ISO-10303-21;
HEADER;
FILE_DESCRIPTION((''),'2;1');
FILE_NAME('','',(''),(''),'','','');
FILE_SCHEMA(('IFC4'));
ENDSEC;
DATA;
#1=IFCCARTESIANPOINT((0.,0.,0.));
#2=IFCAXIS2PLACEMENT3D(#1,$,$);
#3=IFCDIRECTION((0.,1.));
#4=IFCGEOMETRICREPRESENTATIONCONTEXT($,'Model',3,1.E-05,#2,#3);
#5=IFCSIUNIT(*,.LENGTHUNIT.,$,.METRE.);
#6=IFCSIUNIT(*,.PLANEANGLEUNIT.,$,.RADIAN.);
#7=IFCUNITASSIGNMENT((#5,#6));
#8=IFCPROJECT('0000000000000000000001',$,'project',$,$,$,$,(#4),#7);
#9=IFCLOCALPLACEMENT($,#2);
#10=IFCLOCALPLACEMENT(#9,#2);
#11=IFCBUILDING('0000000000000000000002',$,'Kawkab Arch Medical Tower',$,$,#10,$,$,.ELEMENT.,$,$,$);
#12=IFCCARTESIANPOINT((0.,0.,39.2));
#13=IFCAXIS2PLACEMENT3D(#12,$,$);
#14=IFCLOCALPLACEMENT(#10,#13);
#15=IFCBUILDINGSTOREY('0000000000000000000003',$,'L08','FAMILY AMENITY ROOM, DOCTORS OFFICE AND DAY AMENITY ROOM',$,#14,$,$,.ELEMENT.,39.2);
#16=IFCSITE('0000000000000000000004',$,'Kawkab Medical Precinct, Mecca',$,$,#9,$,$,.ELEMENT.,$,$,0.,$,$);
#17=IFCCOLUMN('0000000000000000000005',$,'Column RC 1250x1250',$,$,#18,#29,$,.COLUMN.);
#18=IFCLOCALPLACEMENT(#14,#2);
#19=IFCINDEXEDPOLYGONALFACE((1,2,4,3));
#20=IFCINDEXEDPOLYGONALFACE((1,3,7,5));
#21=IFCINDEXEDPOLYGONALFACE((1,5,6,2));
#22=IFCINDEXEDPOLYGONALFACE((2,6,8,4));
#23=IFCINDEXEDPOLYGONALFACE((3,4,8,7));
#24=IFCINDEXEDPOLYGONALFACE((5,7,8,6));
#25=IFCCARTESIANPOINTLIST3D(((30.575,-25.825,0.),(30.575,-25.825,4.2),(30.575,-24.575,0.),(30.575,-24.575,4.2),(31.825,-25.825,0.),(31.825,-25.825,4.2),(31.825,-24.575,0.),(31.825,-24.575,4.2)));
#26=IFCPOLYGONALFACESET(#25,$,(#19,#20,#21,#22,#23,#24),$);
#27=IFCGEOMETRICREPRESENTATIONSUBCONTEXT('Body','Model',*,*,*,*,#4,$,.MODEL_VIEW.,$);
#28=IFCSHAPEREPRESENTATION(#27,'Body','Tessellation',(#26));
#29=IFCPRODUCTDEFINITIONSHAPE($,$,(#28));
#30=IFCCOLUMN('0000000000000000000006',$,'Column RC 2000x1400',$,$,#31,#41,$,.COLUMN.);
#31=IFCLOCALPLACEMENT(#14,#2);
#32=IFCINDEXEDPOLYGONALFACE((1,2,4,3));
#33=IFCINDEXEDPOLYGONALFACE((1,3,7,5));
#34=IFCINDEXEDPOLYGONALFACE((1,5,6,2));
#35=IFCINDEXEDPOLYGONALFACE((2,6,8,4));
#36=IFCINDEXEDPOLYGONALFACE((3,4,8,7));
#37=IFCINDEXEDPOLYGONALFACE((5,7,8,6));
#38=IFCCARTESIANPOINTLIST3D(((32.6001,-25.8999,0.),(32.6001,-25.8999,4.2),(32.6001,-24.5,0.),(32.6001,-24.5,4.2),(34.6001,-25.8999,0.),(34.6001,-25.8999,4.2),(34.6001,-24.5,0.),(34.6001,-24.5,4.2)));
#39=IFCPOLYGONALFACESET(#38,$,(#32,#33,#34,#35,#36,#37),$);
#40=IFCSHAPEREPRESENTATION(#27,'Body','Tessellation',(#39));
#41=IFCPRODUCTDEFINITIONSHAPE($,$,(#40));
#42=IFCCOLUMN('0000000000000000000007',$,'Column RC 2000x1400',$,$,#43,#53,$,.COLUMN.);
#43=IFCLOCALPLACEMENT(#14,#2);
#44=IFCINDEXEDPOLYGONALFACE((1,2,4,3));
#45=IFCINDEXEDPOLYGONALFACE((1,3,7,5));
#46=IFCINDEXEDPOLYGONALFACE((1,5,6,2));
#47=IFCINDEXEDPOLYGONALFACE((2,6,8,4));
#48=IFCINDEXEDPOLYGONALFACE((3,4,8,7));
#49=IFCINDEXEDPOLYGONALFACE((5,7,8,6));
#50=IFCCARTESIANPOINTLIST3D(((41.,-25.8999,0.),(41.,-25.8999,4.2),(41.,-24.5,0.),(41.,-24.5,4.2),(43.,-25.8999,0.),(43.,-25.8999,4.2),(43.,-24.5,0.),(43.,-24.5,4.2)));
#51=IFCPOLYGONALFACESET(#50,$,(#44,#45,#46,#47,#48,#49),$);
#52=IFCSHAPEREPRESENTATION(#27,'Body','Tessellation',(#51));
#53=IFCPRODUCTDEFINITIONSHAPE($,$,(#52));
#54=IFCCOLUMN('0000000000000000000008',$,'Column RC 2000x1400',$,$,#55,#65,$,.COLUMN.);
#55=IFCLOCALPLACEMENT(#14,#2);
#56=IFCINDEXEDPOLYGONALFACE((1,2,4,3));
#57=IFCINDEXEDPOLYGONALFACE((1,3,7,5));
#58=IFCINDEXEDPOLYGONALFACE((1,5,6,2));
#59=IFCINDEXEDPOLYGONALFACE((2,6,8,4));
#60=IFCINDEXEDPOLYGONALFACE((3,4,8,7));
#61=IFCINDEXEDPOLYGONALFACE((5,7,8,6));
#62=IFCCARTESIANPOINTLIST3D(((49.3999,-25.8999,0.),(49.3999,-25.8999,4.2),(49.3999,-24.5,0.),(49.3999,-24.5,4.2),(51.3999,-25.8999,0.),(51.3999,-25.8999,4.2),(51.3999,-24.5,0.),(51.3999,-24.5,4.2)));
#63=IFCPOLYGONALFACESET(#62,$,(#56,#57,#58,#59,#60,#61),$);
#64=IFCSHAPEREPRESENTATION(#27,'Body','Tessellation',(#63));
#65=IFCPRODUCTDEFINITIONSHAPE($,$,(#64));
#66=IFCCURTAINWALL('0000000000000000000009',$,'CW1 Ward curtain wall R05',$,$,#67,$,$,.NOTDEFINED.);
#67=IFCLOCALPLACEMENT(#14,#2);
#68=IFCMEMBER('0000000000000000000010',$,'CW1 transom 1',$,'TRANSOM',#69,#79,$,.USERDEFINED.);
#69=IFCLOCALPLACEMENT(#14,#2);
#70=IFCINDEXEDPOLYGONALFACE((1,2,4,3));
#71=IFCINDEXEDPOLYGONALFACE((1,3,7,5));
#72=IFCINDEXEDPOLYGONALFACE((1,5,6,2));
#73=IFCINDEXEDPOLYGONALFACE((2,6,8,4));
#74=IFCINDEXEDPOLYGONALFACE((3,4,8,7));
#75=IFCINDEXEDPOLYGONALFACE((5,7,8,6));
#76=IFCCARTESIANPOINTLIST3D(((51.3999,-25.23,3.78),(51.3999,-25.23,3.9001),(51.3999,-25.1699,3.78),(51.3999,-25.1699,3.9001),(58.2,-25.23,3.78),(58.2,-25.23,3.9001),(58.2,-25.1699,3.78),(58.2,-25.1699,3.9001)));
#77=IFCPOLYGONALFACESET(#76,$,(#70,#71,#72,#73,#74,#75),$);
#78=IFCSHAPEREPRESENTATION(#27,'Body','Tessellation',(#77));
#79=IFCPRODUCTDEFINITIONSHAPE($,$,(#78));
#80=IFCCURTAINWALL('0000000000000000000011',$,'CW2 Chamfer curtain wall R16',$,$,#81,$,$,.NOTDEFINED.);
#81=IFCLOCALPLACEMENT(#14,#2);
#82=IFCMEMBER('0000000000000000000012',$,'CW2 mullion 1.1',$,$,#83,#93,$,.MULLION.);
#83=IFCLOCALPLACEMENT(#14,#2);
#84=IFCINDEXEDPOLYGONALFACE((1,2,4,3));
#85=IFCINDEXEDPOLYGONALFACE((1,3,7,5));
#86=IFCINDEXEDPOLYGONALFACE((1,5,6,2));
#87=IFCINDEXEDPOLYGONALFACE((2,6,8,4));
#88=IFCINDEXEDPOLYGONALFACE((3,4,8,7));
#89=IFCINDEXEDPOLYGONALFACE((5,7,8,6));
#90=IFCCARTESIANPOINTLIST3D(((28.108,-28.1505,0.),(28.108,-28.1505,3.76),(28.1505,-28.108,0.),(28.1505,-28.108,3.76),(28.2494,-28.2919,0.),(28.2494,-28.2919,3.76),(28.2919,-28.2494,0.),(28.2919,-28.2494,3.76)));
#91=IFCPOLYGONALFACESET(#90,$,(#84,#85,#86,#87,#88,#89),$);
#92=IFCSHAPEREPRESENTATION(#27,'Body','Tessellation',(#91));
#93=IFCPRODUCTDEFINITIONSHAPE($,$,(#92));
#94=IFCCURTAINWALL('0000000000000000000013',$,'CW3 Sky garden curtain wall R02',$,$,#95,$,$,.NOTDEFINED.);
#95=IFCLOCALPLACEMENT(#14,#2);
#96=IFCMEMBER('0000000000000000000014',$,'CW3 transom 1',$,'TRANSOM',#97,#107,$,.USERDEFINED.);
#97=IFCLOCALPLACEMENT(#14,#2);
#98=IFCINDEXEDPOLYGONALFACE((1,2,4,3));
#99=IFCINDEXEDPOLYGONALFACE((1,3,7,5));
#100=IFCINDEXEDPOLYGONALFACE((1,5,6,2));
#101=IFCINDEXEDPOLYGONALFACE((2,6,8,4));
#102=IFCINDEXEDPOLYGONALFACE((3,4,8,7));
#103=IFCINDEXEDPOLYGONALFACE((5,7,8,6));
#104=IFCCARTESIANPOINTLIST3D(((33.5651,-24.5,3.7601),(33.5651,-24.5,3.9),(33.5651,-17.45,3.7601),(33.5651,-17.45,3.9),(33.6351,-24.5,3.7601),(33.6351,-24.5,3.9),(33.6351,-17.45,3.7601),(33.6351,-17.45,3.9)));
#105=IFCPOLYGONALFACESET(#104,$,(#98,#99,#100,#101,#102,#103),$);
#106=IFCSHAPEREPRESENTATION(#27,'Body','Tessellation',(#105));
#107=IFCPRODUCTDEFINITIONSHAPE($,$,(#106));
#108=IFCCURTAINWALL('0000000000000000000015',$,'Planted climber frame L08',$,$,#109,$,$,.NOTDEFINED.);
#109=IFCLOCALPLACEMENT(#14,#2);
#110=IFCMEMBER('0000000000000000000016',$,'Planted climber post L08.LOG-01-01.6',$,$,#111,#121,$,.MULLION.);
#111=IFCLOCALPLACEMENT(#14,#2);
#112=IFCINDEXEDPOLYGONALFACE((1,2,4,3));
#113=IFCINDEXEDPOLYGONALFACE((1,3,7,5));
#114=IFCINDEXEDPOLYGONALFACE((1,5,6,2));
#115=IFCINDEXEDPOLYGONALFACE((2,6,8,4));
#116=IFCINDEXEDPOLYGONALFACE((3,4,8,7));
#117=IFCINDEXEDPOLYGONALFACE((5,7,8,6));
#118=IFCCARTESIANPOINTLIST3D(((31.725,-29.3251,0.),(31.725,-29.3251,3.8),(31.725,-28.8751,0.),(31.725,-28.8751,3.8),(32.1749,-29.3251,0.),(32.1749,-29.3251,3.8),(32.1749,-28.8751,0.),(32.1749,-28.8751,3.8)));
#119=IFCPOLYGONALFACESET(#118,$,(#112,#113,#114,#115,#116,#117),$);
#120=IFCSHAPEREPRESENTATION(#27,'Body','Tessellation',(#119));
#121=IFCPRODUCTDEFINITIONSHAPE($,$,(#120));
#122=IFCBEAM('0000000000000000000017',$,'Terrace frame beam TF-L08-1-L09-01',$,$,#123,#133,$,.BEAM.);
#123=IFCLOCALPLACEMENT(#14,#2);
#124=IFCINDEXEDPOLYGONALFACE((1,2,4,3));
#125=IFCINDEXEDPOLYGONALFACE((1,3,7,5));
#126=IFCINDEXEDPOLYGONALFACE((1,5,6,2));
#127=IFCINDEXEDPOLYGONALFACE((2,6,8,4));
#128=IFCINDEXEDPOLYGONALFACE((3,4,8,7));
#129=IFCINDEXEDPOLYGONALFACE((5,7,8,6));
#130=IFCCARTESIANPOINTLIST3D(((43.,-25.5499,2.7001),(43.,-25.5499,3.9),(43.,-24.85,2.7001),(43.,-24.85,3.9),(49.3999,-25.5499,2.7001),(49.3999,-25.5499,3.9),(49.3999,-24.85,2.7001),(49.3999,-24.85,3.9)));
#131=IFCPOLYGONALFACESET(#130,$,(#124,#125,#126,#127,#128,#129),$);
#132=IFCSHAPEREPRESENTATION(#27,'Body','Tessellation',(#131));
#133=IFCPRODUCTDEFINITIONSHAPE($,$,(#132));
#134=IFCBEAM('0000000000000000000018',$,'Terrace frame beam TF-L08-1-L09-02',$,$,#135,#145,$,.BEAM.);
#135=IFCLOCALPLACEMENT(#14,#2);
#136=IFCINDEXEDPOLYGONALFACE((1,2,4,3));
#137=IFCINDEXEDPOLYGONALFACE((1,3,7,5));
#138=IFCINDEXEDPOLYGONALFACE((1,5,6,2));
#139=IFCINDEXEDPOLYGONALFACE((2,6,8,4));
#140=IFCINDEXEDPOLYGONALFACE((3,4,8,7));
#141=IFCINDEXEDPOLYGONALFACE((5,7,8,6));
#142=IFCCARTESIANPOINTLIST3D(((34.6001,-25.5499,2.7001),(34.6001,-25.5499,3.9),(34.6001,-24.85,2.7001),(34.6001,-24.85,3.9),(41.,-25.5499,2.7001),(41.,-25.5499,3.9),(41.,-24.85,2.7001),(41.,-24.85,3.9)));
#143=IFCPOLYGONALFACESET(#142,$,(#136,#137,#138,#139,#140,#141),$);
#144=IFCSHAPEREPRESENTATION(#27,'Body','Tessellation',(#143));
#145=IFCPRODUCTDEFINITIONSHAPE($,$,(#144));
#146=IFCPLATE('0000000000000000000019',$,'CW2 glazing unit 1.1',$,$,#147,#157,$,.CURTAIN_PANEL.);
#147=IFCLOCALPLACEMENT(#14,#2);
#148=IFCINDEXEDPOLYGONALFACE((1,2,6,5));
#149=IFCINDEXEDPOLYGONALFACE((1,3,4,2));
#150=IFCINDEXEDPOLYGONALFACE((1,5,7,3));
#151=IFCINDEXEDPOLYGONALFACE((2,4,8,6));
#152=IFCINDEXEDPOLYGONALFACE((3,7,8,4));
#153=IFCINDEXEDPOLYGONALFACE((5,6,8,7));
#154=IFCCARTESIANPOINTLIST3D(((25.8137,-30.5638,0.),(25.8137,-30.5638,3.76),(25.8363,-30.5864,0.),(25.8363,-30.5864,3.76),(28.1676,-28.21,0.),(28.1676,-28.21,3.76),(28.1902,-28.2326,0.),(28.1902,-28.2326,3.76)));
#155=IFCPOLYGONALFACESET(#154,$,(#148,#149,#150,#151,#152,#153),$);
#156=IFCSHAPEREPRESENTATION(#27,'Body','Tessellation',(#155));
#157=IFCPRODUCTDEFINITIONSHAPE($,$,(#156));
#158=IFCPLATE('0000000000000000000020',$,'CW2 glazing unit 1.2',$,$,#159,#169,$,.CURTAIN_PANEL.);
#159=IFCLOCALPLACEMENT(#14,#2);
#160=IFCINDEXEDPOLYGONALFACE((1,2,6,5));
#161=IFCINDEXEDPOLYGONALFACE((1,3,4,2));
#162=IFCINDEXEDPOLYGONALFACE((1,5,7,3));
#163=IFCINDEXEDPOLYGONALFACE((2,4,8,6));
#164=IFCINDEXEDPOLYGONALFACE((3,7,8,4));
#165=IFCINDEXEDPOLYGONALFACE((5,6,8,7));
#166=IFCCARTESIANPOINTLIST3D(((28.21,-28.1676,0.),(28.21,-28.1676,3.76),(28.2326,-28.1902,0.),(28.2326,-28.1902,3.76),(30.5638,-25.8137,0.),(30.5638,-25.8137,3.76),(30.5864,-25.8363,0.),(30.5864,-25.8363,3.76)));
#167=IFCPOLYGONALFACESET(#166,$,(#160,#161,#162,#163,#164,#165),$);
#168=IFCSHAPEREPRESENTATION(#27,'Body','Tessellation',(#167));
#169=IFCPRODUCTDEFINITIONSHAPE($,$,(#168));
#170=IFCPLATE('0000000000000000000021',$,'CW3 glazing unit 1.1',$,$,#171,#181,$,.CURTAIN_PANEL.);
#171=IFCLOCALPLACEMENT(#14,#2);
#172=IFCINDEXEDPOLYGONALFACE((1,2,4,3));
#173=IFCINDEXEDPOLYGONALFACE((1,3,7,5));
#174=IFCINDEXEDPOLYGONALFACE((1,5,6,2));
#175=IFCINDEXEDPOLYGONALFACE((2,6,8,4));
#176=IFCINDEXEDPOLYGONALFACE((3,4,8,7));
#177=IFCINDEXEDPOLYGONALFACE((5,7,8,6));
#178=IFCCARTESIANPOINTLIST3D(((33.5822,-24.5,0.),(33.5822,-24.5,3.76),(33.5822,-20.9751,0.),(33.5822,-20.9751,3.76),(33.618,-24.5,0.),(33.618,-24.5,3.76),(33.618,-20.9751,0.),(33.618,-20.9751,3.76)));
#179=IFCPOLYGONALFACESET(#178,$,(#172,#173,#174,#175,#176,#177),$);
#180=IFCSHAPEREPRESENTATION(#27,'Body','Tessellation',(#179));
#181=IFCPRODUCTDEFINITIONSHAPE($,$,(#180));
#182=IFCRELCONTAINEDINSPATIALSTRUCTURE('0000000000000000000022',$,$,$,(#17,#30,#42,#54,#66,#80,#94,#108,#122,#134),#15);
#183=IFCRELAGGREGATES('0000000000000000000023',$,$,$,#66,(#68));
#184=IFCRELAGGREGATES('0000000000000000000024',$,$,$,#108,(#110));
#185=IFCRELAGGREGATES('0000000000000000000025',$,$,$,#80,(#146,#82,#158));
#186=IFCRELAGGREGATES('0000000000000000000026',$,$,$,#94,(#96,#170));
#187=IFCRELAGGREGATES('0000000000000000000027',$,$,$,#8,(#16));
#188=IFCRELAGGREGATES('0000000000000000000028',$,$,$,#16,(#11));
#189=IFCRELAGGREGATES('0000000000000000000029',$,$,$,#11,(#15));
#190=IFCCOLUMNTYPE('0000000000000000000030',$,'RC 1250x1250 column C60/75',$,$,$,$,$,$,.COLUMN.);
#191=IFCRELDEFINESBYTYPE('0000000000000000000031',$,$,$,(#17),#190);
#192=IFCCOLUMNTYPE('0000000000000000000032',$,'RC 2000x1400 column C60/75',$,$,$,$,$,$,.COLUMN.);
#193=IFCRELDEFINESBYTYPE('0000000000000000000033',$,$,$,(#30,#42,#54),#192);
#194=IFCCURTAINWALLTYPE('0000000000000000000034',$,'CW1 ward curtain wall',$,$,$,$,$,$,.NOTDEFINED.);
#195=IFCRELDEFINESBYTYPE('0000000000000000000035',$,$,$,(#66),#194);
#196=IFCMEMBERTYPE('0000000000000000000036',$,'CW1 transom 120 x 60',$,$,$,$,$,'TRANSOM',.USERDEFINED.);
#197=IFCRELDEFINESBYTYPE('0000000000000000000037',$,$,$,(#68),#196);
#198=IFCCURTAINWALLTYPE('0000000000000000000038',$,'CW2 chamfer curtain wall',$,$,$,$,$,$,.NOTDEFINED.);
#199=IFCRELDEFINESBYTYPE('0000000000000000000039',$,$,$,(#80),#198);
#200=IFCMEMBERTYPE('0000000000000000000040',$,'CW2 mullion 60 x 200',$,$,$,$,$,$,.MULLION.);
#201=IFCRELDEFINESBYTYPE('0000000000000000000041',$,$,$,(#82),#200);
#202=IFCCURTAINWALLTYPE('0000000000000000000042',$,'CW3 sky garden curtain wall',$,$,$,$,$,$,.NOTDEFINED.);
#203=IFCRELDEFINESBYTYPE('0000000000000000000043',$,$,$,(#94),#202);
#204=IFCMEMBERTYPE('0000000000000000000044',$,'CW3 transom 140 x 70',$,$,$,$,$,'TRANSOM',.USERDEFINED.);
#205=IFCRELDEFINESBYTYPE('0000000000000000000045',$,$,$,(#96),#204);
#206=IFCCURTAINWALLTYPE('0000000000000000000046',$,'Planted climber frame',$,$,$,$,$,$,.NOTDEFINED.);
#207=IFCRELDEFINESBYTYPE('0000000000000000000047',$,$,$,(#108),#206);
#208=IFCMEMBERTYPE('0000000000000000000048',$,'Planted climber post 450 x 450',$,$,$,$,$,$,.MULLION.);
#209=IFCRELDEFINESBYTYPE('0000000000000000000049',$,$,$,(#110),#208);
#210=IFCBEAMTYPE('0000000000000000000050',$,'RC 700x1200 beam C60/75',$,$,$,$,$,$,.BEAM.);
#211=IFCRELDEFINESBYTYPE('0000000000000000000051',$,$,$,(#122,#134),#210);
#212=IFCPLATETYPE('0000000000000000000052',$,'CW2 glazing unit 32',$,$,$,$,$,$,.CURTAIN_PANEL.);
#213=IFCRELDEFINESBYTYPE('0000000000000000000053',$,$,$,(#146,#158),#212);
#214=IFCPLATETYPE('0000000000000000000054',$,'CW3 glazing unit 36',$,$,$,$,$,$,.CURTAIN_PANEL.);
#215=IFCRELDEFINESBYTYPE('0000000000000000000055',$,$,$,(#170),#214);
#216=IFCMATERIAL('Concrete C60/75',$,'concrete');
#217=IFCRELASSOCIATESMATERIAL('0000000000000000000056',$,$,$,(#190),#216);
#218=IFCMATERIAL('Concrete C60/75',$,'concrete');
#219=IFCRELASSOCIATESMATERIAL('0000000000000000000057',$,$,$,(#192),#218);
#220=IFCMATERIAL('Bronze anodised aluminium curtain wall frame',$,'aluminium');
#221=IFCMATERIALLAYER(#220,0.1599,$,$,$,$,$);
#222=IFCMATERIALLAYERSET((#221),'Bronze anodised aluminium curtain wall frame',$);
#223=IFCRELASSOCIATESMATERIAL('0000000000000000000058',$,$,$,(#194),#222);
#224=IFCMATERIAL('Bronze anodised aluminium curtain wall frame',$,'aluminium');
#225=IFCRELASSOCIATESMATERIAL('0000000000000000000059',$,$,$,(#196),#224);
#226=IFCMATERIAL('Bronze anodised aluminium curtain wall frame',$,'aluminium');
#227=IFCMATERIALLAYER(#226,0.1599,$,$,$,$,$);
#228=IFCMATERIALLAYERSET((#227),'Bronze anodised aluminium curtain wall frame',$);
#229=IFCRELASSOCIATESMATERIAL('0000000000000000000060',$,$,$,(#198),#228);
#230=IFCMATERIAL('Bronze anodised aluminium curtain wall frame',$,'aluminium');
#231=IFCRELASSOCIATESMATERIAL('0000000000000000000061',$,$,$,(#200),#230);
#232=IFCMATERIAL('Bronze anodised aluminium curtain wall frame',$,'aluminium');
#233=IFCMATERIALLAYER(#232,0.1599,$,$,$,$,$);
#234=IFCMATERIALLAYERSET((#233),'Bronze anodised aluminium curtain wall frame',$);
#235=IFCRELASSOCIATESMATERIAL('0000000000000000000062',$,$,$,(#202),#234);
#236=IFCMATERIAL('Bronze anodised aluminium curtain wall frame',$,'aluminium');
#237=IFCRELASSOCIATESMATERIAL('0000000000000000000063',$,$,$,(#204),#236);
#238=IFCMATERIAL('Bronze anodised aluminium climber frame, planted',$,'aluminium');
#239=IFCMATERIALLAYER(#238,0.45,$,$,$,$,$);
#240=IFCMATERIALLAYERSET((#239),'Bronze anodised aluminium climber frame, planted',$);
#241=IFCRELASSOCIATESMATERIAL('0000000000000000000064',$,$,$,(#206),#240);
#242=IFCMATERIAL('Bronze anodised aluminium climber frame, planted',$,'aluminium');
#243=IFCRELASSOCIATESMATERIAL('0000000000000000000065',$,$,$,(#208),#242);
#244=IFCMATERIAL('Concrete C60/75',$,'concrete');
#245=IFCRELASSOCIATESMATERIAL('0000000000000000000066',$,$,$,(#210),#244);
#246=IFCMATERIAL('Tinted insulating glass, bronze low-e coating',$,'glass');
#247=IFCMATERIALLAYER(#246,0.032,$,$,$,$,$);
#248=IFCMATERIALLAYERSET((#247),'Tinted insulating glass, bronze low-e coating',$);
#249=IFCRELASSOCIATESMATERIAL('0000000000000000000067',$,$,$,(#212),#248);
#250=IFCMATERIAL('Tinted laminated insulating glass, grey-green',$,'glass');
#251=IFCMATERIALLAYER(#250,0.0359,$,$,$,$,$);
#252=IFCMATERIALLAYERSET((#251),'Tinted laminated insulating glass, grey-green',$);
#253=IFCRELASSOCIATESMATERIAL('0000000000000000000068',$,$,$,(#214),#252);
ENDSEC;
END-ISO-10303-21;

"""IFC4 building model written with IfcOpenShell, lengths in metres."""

from ifc_helpers import new_model, si_unit, direction, frame, origin, origin_2d, place, context, subcontext, project, spatial, rectangle, extrude, material, layer, layer_set, material_profile, profile_set, type_object, element, aggregate, save


model = new_model("IFC4")

# Units and contexts
model_context = context("Model", 3, precision=1e-05, world=origin(), true_north=direction((0.0, 1.0)))
body_context = subcontext(model_context, "Body", "Model", "MODEL_VIEW")
ifc_project = project(units=[si_unit("LENGTHUNIT", "METRE"), si_unit("PLANEANGLEUNIT", "RADIAN")], contexts=[model_context])

# Site, building, storey
site_placement = place(None, origin())
site = spatial("IfcSite", under=ifc_project, at=site_placement, Name="Kawkab Medical Precinct, Mecca", CompositionType="ELEMENT", RefElevation=0.0)
building_placement = place(site_placement, origin())
building = spatial("IfcBuilding", under=site, at=building_placement, Name="Kawkab Arch Medical Tower", CompositionType="ELEMENT")
storey_placement = place(building_placement, frame((0.0, 0.0, 39.2)))
storey = spatial("IfcBuildingStorey", under=building, at=storey_placement, Name="L08", Description="FAMILY AMENITY ROOM, DOCTORS OFFICE AND DAY AMENITY ROOM", CompositionType="ELEMENT", Elevation=39.2)

# Columns
ifc_material_1 = material(Name="Concrete C60/75", Category="concrete")
ifc_material_profile_1 = material_profile(ifc_material_1, rectangle(XDim=1.25, YDim=1.25, at=origin_2d()), Name="RC 1250x1250")
ifc_profile_set_1 = profile_set([ifc_material_profile_1], Name="Concrete C60/75")
column_type_1 = type_object("IfcColumnType", Name="RC 1250x1250 column C60/75", PredefinedType="COLUMN", material=ifc_profile_set_1)
column_placement = place(storey_placement, frame((31.2, -25.2, 0.0), z_axis=(0.0, 0.0, 1.0), x_axis=(1.0, 0.0, 0.0)))
element("IfcColumn", 1, at=column_placement, inside=storey, type_object=column_type_1, Name="Column RC 1250x1250", PredefinedType="COLUMN", context=body_context, shape_type="SweptSolid", body=[
    extrude(rectangle(XDim=1.25, YDim=1.25, at=origin_2d()), origin(), (0.0, 0.0, 1.0), 4.2),
])
ifc_material_2 = material(Name="Concrete C60/75", Category="concrete")
ifc_material_profile_2 = material_profile(ifc_material_2, rectangle(XDim=2.0, YDim=1.3999, at=origin_2d()), Name="RC 2000x1400")
ifc_profile_set_2 = profile_set([ifc_material_profile_2], Name="Concrete C60/75")
column_type_2 = type_object("IfcColumnType", Name="RC 2000x1400 column C60/75", PredefinedType="COLUMN", material=ifc_profile_set_2)
for number, where, z_axis, x_axis, name in (
    (2, (33.6001, -25.2, 0.0), (0.0, 0.0, 1.0), (-1.0, 0.0, 0.0), "Column RC 2000x1400"),
    (3, (42.0, -25.2, 0.0), (0.0, 0.0, 1.0), (-1.0, 0.0, 0.0), "Column RC 2000x1400"),
    (4, (50.3999, -25.2, 0.0), (0.0, 0.0, 1.0), (-1.0, 0.0, 0.0), "Column RC 2000x1400"),
):
    element("IfcColumn", number, at=place(storey_placement, frame(where, z_axis=z_axis, x_axis=x_axis)), inside=storey, type_object=column_type_2, Name=name, PredefinedType="COLUMN", context=body_context, shape_type="SweptSolid", body=[
        extrude(rectangle(XDim=2.0, YDim=1.3999, at=origin_2d()), origin(), (0.0, 0.0, 1.0), 4.2),
    ])

# Curtain walls, members
ifc_material_3 = material(Name="Bronze anodised aluminium curtain wall frame", Category="aluminium")
ifc_layer_1 = layer(ifc_material_3, 0.1599)
ifc_layer_set_1 = layer_set([ifc_layer_1], Name="Bronze anodised aluminium curtain wall frame")
curtain_wall_type_1 = type_object("IfcCurtainWallType", Name="CW1 ward curtain wall", PredefinedType="NOTDEFINED", material=ifc_layer_set_1)
placement = place(storey_placement, origin())
curtain_wall_1 = element("IfcCurtainWall", 5, at=placement, inside=storey, type_object=curtain_wall_type_1, Name="CW1 Ward curtain wall R05", PredefinedType="NOTDEFINED")
ifc_material_4 = material(Name="Bronze anodised aluminium curtain wall frame", Category="aluminium")
ifc_material_profile_3 = material_profile(ifc_material_4, rectangle(XDim=0.0601, YDim=0.1201, at=origin_2d()), Name="AL 60x120")
ifc_profile_set_3 = profile_set([ifc_material_profile_3], Name="Bronze anodised aluminium curtain wall frame")
member_type_1 = type_object("IfcMemberType", Name="CW1 transom 120 x 60", ElementType="TRANSOM", PredefinedType="USERDEFINED", material=ifc_profile_set_3)
member_1_placement = place(storey_placement, frame((51.3999, -25.2, 3.8401), z_axis=(1.0, 0.0, 0.0), x_axis=(0.0, 1.0, 0.0)))
member_1 = element("IfcMember", 6, at=member_1_placement, type_object=member_type_1, Name="CW1 transom 1", ObjectType="TRANSOM", PredefinedType="USERDEFINED", context=body_context, shape_type="SweptSolid", body=[
    extrude(rectangle(XDim=0.0601, YDim=0.1201, at=origin_2d()), origin(), (0.0, 0.0, 1.0), 6.8),
])
aggregate(curtain_wall_1, [member_1])
ifc_material_5 = material(Name="Bronze anodised aluminium curtain wall frame", Category="aluminium")
ifc_layer_2 = layer(ifc_material_5, 0.1599)
ifc_layer_set_2 = layer_set([ifc_layer_2], Name="Bronze anodised aluminium curtain wall frame")
curtain_wall_type_2 = type_object("IfcCurtainWallType", Name="CW2 chamfer curtain wall", PredefinedType="NOTDEFINED", material=ifc_layer_set_2)
curtain_wall_2 = element("IfcCurtainWall", 7, at=placement, inside=storey, type_object=curtain_wall_type_2, Name="CW2 Chamfer curtain wall R16", PredefinedType="NOTDEFINED")
ifc_material_6 = material(Name="Bronze anodised aluminium curtain wall frame", Category="aluminium")
ifc_material_profile_4 = material_profile(ifc_material_6, rectangle(XDim=0.2, YDim=0.0601, at=origin_2d()), Name="AL 60x200")
ifc_profile_set_4 = profile_set([ifc_material_profile_4], Name="Bronze anodised aluminium curtain wall frame")
member_type_2 = type_object("IfcMemberType", Name="CW2 mullion 60 x 200", PredefinedType="MULLION", material=ifc_profile_set_4)
member_2_placement = place(storey_placement, frame((28.2, -28.2, 0.0), z_axis=(0.0, 0.0, 1.0), x_axis=(-0.707107, 0.707107, 0.0)))
member_2 = element("IfcMember", 8, at=member_2_placement, type_object=member_type_2, Name="CW2 mullion 1.1", PredefinedType="MULLION", context=body_context, shape_type="SweptSolid", body=[
    extrude(rectangle(XDim=0.2, YDim=0.0601, at=origin_2d()), origin(), (0.0, 0.0, 1.0), 3.76),
])
ifc_material_7 = material(Name="Bronze anodised aluminium curtain wall frame", Category="aluminium")
ifc_layer_3 = layer(ifc_material_7, 0.1599)
ifc_layer_set_3 = layer_set([ifc_layer_3], Name="Bronze anodised aluminium curtain wall frame")
curtain_wall_type_3 = type_object("IfcCurtainWallType", Name="CW3 sky garden curtain wall", PredefinedType="NOTDEFINED", material=ifc_layer_set_3)
curtain_wall_3 = element("IfcCurtainWall", 9, at=placement, inside=storey, type_object=curtain_wall_type_3, Name="CW3 Sky garden curtain wall R02", PredefinedType="NOTDEFINED")
ifc_material_8 = material(Name="Bronze anodised aluminium curtain wall frame", Category="aluminium")
ifc_material_profile_5 = material_profile(ifc_material_8, rectangle(XDim=0.0701, YDim=0.1399, at=origin_2d()), Name="AL 70x140")
ifc_profile_set_5 = profile_set([ifc_material_profile_5], Name="Bronze anodised aluminium curtain wall frame")
member_type_3 = type_object("IfcMemberType", Name="CW3 transom 140 x 70", ElementType="TRANSOM", PredefinedType="USERDEFINED", material=ifc_profile_set_5)
member_3_placement = place(storey_placement, frame((33.6001, -24.5, 3.8301), z_axis=(0.0, 1.0, 0.0), x_axis=(-1.0, 0.0, 0.0)))
member_3 = element("IfcMember", 10, at=member_3_placement, type_object=member_type_3, Name="CW3 transom 1", ObjectType="TRANSOM", PredefinedType="USERDEFINED", context=body_context, shape_type="SweptSolid", body=[
    extrude(rectangle(XDim=0.0701, YDim=0.1399, at=origin_2d()), origin(), (0.0, 0.0, 1.0), 7.05),
])
ifc_material_9 = material(Name="Bronze anodised aluminium climber frame, planted", Category="aluminium")
ifc_layer_4 = layer(ifc_material_9, 0.45)
ifc_layer_set_4 = layer_set([ifc_layer_4], Name="Bronze anodised aluminium climber frame, planted")
curtain_wall_type_4 = type_object("IfcCurtainWallType", Name="Planted climber frame", PredefinedType="NOTDEFINED", material=ifc_layer_set_4)
curtain_wall_4 = element("IfcCurtainWall", 11, at=placement, inside=storey, type_object=curtain_wall_type_4, Name="Planted climber frame L08", PredefinedType="NOTDEFINED")
ifc_material_10 = material(Name="Bronze anodised aluminium climber frame, planted", Category="aluminium")
ifc_material_profile_6 = material_profile(ifc_material_10, rectangle(XDim=0.45, YDim=0.45, at=origin_2d()), Name="Post 450x450")
ifc_profile_set_6 = profile_set([ifc_material_profile_6], Name="Bronze anodised aluminium climber frame, planted")
member_type_4 = type_object("IfcMemberType", Name="Planted climber post 450 x 450", PredefinedType="MULLION", material=ifc_profile_set_6)
member_4_placement = place(storey_placement, frame((31.95, -29.1001, 0.0), z_axis=(0.0, 0.0, 1.0), x_axis=(1.0, 0.0, 0.0)))
member_4 = element("IfcMember", 12, at=member_4_placement, type_object=member_type_4, Name="Planted climber post L08.LOG-01-01.6", PredefinedType="MULLION", context=body_context, shape_type="SweptSolid", body=[
    extrude(rectangle(XDim=0.45, YDim=0.45, at=origin_2d()), origin(), (0.0, 0.0, 1.0), 3.8),
])
aggregate(curtain_wall_4, [member_4])

# Beams
ifc_material_11 = material(Name="Concrete C60/75", Category="concrete")
ifc_material_profile_7 = material_profile(ifc_material_11, rectangle(XDim=0.7, YDim=1.2, at=origin_2d()), Name="RC 700x1200")
ifc_profile_set_7 = profile_set([ifc_material_profile_7], Name="Concrete C60/75")
beam_type = type_object("IfcBeamType", Name="RC 700x1200 beam C60/75", PredefinedType="BEAM", material=ifc_profile_set_7)
for number, where, z_axis, x_axis, name in (
    (13, (49.3999, -25.2, 3.3), (-1.0, 0.0, 0.0), (0.0, -1.0, 0.0), "Terrace frame beam TF-L08-1-L09-01"),
    (14, (41.0, -25.2, 3.3), (-1.0, 0.0, 0.0), (0.0, -1.0, 0.0), "Terrace frame beam TF-L08-1-L09-02"),
):
    element("IfcBeam", number, at=place(storey_placement, frame(where, z_axis=z_axis, x_axis=x_axis)), inside=storey, type_object=beam_type, Name=name, PredefinedType="BEAM", context=body_context, shape_type="SweptSolid", body=[
        extrude(rectangle(XDim=0.7, YDim=1.2, at=origin_2d()), origin(), (0.0, 0.0, 1.0), 6.3999),
    ])

# Plates
ifc_material_12 = material(Name="Tinted insulating glass, bronze low-e coating", Category="glass")
ifc_layer_5 = layer(ifc_material_12, 0.032)
ifc_layer_set_5 = layer_set([ifc_layer_5], Name="Tinted insulating glass, bronze low-e coating")
plate_type_1 = type_object("IfcPlateType", Name="CW2 glazing unit 32", PredefinedType="CURTAIN_PANEL", material=ifc_layer_set_5)
plate_1_placement = place(storey_placement, frame((27.002, -29.3982, 0.0), z_axis=(0.0, 0.0, 1.0), x_axis=(0.707107, 0.707107, 0.0)))
plate_1 = element("IfcPlate", 15, at=plate_1_placement, type_object=plate_type_1, Name="CW2 glazing unit 1.1", PredefinedType="CURTAIN_PANEL", context=body_context, shape_type="SweptSolid", body=[
    extrude(rectangle(XDim=3.3289, YDim=0.032, at=origin_2d()), origin(), (0.0, 0.0, 1.0), 3.76),
])
plate_2_placement = place(storey_placement, frame((29.3982, -27.002, 0.0), z_axis=(0.0, 0.0, 1.0), x_axis=(0.707107, 0.707107, 0.0)))
plate_2 = element("IfcPlate", 16, at=plate_2_placement, type_object=plate_type_1, Name="CW2 glazing unit 1.2", PredefinedType="CURTAIN_PANEL", context=body_context, shape_type="SweptSolid", body=[
    extrude(rectangle(XDim=3.3289, YDim=0.032, at=origin_2d()), origin(), (0.0, 0.0, 1.0), 3.76),
])
aggregate(curtain_wall_2, [plate_1, member_2, plate_2])
ifc_material_13 = material(Name="Tinted laminated insulating glass, grey-green", Category="glass")
ifc_layer_6 = layer(ifc_material_13, 0.0359)
ifc_layer_set_6 = layer_set([ifc_layer_6], Name="Tinted laminated insulating glass, grey-green")
plate_type_2 = type_object("IfcPlateType", Name="CW3 glazing unit 36", PredefinedType="CURTAIN_PANEL", material=ifc_layer_set_6)
plate_3_placement = place(storey_placement, frame((33.6001, -22.7375, 0.0), z_axis=(0.0, 0.0, 1.0), x_axis=(0.0, 1.0, 0.0)))
plate_3 = element("IfcPlate", 17, at=plate_3_placement, type_object=plate_type_2, Name="CW3 glazing unit 1.1", PredefinedType="CURTAIN_PANEL", context=body_context, shape_type="SweptSolid", body=[
    extrude(rectangle(XDim=3.5249, YDim=0.0359, at=origin_2d()), origin(), (0.0, 0.0, 1.0), 3.76),
])
aggregate(curtain_wall_3, [member_3, plate_3])

save(model, "model.ifc")
